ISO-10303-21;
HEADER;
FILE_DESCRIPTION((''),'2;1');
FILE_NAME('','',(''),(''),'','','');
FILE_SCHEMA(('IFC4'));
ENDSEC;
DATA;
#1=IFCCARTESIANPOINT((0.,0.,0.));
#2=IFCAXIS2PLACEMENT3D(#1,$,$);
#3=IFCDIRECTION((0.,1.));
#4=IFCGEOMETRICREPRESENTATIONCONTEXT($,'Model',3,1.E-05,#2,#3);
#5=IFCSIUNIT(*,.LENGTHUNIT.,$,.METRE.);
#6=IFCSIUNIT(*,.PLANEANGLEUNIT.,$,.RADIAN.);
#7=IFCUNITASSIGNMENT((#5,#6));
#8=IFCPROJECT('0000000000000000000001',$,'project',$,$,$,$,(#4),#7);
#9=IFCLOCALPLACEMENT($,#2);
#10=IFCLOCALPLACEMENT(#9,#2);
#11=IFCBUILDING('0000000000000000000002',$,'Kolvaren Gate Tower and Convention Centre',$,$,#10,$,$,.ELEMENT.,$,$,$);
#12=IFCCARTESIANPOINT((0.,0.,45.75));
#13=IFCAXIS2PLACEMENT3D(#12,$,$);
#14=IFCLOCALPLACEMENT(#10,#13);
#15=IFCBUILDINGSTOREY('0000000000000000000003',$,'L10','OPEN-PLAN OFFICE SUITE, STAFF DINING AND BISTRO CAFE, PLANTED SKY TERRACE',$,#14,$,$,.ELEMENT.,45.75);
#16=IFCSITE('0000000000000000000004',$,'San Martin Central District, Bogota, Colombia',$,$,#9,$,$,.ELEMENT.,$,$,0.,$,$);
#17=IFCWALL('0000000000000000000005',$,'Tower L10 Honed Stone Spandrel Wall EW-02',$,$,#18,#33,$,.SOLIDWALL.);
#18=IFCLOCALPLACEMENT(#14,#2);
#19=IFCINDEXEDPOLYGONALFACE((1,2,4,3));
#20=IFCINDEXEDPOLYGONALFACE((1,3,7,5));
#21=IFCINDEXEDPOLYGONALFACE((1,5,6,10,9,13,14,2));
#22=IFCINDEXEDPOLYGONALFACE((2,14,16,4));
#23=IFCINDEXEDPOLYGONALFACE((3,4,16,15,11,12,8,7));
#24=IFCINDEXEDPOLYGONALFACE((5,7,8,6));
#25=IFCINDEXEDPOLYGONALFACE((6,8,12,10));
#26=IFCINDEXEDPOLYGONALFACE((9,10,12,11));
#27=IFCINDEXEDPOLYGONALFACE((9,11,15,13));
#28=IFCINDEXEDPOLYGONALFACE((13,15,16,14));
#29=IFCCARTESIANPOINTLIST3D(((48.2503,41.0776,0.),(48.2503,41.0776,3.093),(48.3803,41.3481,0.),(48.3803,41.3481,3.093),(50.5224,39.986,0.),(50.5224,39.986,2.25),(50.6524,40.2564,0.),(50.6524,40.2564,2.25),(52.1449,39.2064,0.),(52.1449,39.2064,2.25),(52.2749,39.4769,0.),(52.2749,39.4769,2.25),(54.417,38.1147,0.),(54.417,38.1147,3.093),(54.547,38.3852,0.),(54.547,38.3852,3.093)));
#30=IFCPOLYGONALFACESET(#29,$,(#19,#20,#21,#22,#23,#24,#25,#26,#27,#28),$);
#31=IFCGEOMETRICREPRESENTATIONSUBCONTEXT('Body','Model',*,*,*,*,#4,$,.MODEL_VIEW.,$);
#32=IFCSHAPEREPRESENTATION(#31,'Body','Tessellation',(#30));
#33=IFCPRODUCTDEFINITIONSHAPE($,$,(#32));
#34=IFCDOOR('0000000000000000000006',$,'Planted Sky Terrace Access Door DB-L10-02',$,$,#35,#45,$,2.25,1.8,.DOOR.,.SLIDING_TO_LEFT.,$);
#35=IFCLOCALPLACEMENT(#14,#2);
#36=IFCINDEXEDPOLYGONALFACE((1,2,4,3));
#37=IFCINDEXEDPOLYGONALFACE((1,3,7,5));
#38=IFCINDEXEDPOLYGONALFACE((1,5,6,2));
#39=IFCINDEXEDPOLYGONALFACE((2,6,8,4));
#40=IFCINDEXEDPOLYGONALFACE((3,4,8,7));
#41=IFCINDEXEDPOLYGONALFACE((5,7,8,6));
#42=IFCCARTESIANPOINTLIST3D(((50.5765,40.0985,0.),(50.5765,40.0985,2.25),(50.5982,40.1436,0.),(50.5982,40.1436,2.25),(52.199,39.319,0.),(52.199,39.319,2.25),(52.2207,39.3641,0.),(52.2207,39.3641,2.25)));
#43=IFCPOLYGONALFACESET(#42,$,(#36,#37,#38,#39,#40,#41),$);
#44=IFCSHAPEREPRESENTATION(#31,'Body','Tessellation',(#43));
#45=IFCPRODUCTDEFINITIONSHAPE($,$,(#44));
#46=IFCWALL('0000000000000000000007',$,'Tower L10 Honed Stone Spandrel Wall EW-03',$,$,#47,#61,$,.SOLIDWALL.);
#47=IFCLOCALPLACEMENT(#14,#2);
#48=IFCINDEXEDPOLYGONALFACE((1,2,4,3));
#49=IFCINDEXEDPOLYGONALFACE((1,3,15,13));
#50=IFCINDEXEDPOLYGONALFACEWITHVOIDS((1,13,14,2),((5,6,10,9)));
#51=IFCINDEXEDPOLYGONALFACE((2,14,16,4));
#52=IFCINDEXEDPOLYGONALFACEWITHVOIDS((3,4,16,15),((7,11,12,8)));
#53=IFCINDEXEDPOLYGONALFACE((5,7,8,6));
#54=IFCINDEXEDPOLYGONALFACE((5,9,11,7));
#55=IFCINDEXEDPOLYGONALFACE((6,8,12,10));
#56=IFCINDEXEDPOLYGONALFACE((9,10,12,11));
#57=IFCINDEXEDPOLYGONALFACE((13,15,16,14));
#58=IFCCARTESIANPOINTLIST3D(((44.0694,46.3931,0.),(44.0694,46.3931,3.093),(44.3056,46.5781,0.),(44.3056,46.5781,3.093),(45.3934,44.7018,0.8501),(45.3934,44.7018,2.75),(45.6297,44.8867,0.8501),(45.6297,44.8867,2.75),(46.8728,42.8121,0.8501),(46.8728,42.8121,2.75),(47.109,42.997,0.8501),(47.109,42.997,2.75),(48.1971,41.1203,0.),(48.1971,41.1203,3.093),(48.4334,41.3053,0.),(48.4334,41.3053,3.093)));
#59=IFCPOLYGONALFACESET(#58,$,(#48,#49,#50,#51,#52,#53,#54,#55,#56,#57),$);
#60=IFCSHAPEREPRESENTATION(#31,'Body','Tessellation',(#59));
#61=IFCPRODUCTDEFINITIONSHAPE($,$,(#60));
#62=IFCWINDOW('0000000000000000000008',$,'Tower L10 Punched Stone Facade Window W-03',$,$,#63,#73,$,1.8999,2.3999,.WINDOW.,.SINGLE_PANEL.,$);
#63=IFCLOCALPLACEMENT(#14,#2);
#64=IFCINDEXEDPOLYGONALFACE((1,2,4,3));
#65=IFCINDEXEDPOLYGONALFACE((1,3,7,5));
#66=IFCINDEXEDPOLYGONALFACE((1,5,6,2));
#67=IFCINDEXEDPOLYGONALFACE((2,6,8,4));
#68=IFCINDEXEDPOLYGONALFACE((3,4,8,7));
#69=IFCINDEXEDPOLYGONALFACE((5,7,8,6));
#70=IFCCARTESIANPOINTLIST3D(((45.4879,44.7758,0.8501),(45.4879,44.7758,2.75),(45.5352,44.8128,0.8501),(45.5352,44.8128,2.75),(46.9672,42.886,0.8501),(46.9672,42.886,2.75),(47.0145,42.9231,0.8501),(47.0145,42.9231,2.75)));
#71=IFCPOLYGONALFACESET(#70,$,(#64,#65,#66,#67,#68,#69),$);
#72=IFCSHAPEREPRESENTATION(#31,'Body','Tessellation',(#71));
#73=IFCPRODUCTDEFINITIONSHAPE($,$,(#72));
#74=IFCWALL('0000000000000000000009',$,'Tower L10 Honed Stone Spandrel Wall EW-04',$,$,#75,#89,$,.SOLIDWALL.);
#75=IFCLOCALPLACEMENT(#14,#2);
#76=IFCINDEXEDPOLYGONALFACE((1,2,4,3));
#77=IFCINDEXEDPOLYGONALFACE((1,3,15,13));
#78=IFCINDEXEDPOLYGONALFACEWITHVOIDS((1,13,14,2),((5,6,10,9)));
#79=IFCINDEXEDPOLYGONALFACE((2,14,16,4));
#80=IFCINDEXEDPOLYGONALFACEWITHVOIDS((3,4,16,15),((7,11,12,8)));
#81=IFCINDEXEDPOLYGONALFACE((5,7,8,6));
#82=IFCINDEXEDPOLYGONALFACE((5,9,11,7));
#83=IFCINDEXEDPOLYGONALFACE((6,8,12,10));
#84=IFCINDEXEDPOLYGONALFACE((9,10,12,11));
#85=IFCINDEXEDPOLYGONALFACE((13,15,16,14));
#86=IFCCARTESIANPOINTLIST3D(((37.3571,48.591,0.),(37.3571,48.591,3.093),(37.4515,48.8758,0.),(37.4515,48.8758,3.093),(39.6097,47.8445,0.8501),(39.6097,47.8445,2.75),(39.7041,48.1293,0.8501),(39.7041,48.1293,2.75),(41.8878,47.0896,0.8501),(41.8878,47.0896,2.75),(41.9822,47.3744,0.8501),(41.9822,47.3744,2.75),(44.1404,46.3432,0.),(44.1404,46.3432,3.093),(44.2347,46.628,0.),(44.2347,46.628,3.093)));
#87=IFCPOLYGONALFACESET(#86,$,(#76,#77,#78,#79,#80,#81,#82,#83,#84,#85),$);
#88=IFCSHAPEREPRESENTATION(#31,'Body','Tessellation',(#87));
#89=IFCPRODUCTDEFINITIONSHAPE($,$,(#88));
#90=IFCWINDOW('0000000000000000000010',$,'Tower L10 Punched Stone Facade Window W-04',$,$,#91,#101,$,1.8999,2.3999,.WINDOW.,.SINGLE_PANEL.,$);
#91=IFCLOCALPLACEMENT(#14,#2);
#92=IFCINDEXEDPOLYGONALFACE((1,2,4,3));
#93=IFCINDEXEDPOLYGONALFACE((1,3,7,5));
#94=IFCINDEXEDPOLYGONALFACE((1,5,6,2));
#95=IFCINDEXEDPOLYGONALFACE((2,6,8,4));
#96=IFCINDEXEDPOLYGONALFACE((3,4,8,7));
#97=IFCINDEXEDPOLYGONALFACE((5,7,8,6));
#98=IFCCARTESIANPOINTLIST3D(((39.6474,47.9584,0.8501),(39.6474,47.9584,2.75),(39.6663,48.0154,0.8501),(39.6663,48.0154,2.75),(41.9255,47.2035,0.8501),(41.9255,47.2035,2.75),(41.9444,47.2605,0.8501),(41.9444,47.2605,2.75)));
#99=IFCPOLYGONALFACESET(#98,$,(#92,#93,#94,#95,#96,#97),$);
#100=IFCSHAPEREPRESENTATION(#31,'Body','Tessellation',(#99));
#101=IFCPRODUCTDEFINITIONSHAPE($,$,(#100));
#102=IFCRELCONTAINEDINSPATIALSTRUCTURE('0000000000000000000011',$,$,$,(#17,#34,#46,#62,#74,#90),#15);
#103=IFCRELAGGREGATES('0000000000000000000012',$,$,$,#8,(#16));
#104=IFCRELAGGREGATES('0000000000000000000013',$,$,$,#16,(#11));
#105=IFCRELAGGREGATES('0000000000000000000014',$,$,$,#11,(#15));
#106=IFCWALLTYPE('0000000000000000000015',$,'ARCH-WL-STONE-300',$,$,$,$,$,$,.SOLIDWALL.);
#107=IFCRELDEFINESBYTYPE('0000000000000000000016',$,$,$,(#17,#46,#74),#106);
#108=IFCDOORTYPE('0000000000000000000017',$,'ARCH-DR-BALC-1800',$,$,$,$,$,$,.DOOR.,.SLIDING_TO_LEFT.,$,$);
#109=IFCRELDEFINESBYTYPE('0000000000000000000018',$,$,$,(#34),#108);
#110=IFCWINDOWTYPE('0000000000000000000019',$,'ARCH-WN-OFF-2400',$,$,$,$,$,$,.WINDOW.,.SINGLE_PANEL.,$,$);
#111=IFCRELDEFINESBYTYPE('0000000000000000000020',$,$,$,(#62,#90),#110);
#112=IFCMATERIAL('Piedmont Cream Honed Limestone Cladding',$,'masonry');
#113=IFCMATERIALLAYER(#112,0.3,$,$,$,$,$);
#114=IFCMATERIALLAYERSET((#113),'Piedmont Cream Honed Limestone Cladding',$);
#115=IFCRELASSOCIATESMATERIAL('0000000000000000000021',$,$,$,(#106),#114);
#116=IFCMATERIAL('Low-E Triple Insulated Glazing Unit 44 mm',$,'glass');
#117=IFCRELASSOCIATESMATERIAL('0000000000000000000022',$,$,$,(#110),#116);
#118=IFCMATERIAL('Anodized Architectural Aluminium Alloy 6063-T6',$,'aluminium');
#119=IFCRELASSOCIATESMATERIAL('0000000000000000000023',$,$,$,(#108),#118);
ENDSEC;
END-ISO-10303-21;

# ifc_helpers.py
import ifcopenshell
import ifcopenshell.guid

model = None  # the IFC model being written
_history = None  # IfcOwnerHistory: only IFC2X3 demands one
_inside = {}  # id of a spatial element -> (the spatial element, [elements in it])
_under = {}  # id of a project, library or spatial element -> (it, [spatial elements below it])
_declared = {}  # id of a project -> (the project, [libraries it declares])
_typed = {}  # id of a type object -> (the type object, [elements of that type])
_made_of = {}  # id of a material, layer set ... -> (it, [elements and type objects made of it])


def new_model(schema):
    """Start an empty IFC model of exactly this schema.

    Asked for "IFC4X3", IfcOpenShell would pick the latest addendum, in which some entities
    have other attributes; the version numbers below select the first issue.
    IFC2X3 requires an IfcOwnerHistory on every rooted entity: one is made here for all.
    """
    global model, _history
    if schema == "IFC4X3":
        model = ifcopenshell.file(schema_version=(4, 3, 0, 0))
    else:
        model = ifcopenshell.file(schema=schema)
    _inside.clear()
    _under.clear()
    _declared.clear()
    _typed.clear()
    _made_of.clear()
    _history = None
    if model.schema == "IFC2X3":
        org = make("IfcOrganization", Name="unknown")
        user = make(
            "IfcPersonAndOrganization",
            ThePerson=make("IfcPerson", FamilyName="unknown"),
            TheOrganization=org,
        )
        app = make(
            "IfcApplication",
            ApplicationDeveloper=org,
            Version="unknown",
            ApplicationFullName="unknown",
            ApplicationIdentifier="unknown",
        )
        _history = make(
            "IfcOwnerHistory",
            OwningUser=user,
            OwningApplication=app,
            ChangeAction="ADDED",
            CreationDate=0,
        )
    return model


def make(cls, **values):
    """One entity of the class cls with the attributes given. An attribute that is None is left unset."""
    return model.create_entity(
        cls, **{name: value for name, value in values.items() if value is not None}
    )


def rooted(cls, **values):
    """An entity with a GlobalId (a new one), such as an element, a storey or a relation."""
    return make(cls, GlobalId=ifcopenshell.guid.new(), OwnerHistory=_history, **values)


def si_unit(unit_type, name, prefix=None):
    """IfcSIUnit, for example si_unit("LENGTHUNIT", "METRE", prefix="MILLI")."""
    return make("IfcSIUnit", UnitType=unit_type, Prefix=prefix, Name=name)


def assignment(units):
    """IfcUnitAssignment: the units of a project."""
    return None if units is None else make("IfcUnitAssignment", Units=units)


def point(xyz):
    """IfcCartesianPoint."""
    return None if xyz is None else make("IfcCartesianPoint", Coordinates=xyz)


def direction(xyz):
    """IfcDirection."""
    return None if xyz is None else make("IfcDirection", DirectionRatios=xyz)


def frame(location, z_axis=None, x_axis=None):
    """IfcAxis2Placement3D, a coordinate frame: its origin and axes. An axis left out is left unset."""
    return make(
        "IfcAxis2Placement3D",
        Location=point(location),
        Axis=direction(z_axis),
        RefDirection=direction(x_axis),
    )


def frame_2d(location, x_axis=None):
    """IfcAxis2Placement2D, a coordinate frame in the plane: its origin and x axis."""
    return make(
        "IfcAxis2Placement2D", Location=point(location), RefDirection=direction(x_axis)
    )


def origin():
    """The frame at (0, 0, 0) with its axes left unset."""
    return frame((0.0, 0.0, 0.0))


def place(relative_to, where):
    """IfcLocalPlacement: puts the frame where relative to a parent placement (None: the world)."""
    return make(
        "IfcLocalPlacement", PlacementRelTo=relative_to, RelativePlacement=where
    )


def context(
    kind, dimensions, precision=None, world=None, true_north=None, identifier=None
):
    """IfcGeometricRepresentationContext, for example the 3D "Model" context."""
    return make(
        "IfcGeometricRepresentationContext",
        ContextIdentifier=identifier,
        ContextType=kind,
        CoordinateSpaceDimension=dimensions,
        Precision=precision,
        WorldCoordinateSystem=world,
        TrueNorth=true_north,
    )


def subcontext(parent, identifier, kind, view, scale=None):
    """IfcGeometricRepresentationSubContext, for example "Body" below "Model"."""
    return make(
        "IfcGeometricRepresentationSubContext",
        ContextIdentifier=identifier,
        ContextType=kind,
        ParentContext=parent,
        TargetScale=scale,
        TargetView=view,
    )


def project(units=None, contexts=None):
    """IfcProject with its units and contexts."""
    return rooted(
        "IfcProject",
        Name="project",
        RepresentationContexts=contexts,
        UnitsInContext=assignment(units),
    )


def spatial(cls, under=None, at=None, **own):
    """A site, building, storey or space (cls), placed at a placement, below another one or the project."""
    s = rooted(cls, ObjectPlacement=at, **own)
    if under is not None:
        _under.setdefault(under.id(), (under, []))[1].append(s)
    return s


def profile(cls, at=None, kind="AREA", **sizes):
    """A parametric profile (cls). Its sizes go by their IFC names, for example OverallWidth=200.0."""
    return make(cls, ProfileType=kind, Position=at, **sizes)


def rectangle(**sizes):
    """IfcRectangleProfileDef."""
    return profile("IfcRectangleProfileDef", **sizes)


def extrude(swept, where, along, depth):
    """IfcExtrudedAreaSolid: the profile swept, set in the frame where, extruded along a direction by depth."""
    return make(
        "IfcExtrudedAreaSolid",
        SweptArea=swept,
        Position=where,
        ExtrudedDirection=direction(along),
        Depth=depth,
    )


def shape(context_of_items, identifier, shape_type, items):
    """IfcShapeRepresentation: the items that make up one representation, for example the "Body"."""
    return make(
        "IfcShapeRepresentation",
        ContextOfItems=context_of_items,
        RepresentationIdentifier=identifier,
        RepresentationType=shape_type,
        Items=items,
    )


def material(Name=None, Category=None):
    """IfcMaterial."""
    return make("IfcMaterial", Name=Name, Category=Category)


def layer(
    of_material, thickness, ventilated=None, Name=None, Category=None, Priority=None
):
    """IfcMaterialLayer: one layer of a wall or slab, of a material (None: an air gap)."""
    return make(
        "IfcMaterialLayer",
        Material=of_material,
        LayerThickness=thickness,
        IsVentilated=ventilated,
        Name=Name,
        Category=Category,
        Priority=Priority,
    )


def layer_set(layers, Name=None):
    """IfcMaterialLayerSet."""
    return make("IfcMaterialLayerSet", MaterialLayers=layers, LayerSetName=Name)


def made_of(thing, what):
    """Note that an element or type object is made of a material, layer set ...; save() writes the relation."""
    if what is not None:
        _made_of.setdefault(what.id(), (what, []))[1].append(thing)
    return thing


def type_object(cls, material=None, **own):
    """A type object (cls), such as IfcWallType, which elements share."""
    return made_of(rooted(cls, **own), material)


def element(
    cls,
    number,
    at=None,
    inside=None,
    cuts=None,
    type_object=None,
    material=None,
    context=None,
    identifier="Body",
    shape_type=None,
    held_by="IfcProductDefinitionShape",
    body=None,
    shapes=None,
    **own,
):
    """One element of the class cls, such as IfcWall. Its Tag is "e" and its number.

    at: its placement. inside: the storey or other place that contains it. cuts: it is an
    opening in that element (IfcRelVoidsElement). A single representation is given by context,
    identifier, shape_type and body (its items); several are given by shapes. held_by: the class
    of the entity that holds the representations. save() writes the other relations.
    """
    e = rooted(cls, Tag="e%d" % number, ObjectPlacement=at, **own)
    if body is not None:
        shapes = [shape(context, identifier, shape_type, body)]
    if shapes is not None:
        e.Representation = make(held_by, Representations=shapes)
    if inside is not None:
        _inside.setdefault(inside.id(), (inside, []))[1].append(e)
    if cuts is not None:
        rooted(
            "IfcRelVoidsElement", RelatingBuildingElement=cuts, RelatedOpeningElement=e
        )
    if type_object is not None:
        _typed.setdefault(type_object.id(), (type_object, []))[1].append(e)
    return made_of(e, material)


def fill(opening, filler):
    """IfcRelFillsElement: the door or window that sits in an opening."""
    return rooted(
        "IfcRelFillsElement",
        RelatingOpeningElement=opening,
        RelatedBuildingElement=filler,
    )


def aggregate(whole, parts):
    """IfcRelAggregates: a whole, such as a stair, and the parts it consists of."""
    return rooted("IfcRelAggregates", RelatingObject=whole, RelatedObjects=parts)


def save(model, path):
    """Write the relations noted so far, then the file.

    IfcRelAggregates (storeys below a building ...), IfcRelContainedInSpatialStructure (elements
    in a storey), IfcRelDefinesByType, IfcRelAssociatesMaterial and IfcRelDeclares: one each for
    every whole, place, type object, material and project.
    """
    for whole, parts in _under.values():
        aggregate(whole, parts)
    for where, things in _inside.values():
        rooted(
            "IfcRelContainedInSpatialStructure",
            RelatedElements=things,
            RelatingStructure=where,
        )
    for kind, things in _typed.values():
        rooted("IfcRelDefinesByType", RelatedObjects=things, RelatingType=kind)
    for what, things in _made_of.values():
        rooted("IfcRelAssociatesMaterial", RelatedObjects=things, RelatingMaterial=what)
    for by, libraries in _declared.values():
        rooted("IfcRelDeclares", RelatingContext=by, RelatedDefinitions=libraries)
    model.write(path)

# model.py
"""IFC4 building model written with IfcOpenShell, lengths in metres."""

from ifc_helpers import new_model, si_unit, direction, frame, frame_2d, origin, place, context, subcontext, project, spatial, rectangle, extrude, material, layer, layer_set, type_object, element, fill, save


model = new_model("IFC4")

# Units and contexts
model_context = context("Model", 3, precision=1e-05, world=origin(), true_north=direction((0.0, 1.0)))
body_context = subcontext(model_context, "Body", "Model", "MODEL_VIEW")
ifc_project = project(units=[si_unit("LENGTHUNIT", "METRE"), si_unit("PLANEANGLEUNIT", "RADIAN")], contexts=[model_context])

# Site, building, storey
site_placement = place(None, origin())
site = spatial("IfcSite", under=ifc_project, at=site_placement, Name="San Martin Central District, Bogota, Colombia", CompositionType="ELEMENT", RefElevation=0.0)
building_placement = place(site_placement, origin())
building = spatial("IfcBuilding", under=site, at=building_placement, Name="Kolvaren Gate Tower and Convention Centre", CompositionType="ELEMENT")
storey_placement = place(building_placement, frame((0.0, 0.0, 45.75)))
storey = spatial("IfcBuildingStorey", under=building, at=storey_placement, Name="L10", Description="OPEN-PLAN OFFICE SUITE, STAFF DINING AND BISTRO CAFE, PLANTED SKY TERRACE", CompositionType="ELEMENT", Elevation=45.75)

# Shared definitions
ifc_material_1 = material(Name="Piedmont Cream Honed Limestone Cladding", Category="masonry")

# Shared definitions
ifc_layer_1 = layer(ifc_material_1, 0.3)
ifc_layer_set_1 = layer_set([ifc_layer_1], Name="Piedmont Cream Honed Limestone Cladding")
wall_type_1 = type_object("IfcWallType", Name="ARCH-WL-STONE-300", PredefinedType="SOLIDWALL", material=ifc_layer_set_1)
ifc_material_2 = material(Name="Low-E Triple Insulated Glazing Unit 44 mm", Category="glass")
window_type = type_object("IfcWindowType", Name="ARCH-WN-OFF-2400", PartitioningType="SINGLE_PANEL", PredefinedType="WINDOW", material=ifc_material_2)

# Wall, opening, door
wall_1_placement = place(storey_placement, frame((48.3152, 41.2129, 0.0), z_axis=(0.0, 0.0, 1.0), x_axis=(0.90136, -0.43307, 0.0)))
wall_1 = element("IfcWall", 1, at=wall_1_placement, inside=storey, type_object=wall_type_1, Name="Tower L10 Honed Stone Spandrel Wall EW-02", PredefinedType="SOLIDWALL", context=body_context, shape_type="SweptSolid", body=[
    extrude(rectangle(XDim=6.8416, YDim=0.3, at=frame_2d((3.4209, 0.0))), origin(), (0.0, 0.0, 1.0), 3.093),
])
opening_1_placement = place(wall_1_placement, frame((2.521, 0.0, 0.0)))
opening_1 = element("IfcOpeningElement", 2, at=opening_1_placement, cuts=wall_1, PredefinedType="OPENING", context=body_context, shape_type="SweptSolid", body=[
    extrude(rectangle(XDim=1.8, YDim=2.25, at=frame_2d((0.8999, 1.125))), frame((0.0, 0.1599, 0.0), z_axis=(0.0, -1.0, 0.0), x_axis=(1.0, 0.0, 0.0)), (0.0, 0.0, 1.0), 0.3201),
])
ifc_material_3 = material(Name="Anodized Architectural Aluminium Alloy 6063-T6", Category="aluminium")
door_type_1 = type_object("IfcDoorType", Name="ARCH-DR-BALC-1800", OperationType="SLIDING_TO_LEFT", PredefinedType="DOOR", material=ifc_material_3)
door_1_placement = place(opening_1_placement, origin())
door_1 = element("IfcDoor", 3, at=door_1_placement, inside=storey, type_object=door_type_1, Name="Planted Sky Terrace Access Door DB-L10-02", OperationType="SLIDING_TO_LEFT", OverallHeight=2.25, OverallWidth=1.8, PredefinedType="DOOR", context=body_context, shape_type="SweptSolid", body=[
    extrude(rectangle(XDim=1.8, YDim=2.25, at=frame_2d((0.8999, 1.125))), frame((0.0, 0.0249, 0.0), z_axis=(0.0, -1.0, 0.0), x_axis=(1.0, 0.0, 0.0)), (0.0, 0.0, 1.0), 0.05),
])
fill(opening_1, door_1)

# Walls, openings, windows
wall_2_placement = place(storey_placement, frame((44.1875, 46.4856, 0.0), z_axis=(0.0, 0.0, 1.0), x_axis=(0.616421, -0.787417, 0.0)))
wall_2 = element("IfcWall", 4, at=wall_2_placement, inside=storey, type_object=wall_type_1, Name="Tower L10 Honed Stone Spandrel Wall EW-03", PredefinedType="SOLIDWALL", context=body_context, shape_type="SweptSolid", body=[
    extrude(rectangle(XDim=6.6963, YDim=0.3, at=frame_2d((3.3481, 0.0))), origin(), (0.0, 0.0, 1.0), 3.093),
])
opening_2_placement = place(wall_2_placement, frame((2.1479, 0.0, 0.8501)))
opening_2 = element("IfcOpeningElement", 5, at=opening_2_placement, cuts=wall_2, PredefinedType="OPENING", context=body_context, shape_type="SweptSolid", body=[
    extrude(rectangle(XDim=2.3999, YDim=1.8999, at=frame_2d((1.2, 0.95))), frame((0.0, 0.1599, 0.0), z_axis=(0.0, -1.0, 0.0), x_axis=(1.0, 0.0, 0.0)), (0.0, 0.0, 1.0), 0.3201),
])
window_1_placement = place(opening_2_placement, origin())
window_1 = element("IfcWindow", 6, at=window_1_placement, inside=storey, type_object=window_type, Name="Tower L10 Punched Stone Facade Window W-03", OverallHeight=1.8999, OverallWidth=2.3999, PartitioningType="SINGLE_PANEL", PredefinedType="WINDOW", context=body_context, shape_type="SweptSolid", body=[
    extrude(rectangle(XDim=2.3999, YDim=1.8999, at=frame_2d((1.2, 0.95))), frame((0.0, 0.03, 0.0), z_axis=(0.0, -1.0, 0.0), x_axis=(1.0, 0.0, 0.0)), (0.0, 0.0, 1.0), 0.0601),
])
fill(opening_2, window_1)
wall_3_placement = place(storey_placement, frame((37.4043, 48.7334, 0.0), z_axis=(0.0, 0.0, 1.0), x_axis=(0.949239, -0.314557, 0.0)))
wall_3 = element("IfcWall", 7, at=wall_3_placement, inside=storey, type_object=wall_type_1, Name="Tower L10 Honed Stone Spandrel Wall EW-04", PredefinedType="SOLIDWALL", context=body_context, shape_type="SweptSolid", body=[
    extrude(rectangle(XDim=7.146, YDim=0.3, at=frame_2d((3.573, 0.0))), origin(), (0.0, 0.0, 1.0), 3.093),
])
opening_3_placement = place(wall_3_placement, frame((2.373, 0.0, 0.8501)))
opening_3 = element("IfcOpeningElement", 8, at=opening_3_placement, cuts=wall_3, PredefinedType="OPENING", context=body_context, shape_type="SweptSolid", body=[
    extrude(rectangle(XDim=2.3999, YDim=1.8999, at=frame_2d((1.2, 0.95))), frame((0.0, 0.1599, 0.0), z_axis=(0.0, -1.0, 0.0), x_axis=(1.0, 0.0, 0.0)), (0.0, 0.0, 1.0), 0.3201),
])
window_2_placement = place(opening_3_placement, origin())
window_2 = element("IfcWindow", 9, at=window_2_placement, inside=storey, type_object=window_type, Name="Tower L10 Punched Stone Facade Window W-04", OverallHeight=1.8999, OverallWidth=2.3999, PartitioningType="SINGLE_PANEL", PredefinedType="WINDOW", context=body_context, shape_type="SweptSolid", body=[
    extrude(rectangle(XDim=2.3999, YDim=1.8999, at=frame_2d((1.2, 0.95))), frame((0.0, 0.03, 0.0), z_axis=(0.0, -1.0, 0.0), x_axis=(1.0, 0.0, 0.0)), (0.0, 0.0, 1.0), 0.0601),
])
fill(opening_3, window_2)

save(model, "model.ifc")
